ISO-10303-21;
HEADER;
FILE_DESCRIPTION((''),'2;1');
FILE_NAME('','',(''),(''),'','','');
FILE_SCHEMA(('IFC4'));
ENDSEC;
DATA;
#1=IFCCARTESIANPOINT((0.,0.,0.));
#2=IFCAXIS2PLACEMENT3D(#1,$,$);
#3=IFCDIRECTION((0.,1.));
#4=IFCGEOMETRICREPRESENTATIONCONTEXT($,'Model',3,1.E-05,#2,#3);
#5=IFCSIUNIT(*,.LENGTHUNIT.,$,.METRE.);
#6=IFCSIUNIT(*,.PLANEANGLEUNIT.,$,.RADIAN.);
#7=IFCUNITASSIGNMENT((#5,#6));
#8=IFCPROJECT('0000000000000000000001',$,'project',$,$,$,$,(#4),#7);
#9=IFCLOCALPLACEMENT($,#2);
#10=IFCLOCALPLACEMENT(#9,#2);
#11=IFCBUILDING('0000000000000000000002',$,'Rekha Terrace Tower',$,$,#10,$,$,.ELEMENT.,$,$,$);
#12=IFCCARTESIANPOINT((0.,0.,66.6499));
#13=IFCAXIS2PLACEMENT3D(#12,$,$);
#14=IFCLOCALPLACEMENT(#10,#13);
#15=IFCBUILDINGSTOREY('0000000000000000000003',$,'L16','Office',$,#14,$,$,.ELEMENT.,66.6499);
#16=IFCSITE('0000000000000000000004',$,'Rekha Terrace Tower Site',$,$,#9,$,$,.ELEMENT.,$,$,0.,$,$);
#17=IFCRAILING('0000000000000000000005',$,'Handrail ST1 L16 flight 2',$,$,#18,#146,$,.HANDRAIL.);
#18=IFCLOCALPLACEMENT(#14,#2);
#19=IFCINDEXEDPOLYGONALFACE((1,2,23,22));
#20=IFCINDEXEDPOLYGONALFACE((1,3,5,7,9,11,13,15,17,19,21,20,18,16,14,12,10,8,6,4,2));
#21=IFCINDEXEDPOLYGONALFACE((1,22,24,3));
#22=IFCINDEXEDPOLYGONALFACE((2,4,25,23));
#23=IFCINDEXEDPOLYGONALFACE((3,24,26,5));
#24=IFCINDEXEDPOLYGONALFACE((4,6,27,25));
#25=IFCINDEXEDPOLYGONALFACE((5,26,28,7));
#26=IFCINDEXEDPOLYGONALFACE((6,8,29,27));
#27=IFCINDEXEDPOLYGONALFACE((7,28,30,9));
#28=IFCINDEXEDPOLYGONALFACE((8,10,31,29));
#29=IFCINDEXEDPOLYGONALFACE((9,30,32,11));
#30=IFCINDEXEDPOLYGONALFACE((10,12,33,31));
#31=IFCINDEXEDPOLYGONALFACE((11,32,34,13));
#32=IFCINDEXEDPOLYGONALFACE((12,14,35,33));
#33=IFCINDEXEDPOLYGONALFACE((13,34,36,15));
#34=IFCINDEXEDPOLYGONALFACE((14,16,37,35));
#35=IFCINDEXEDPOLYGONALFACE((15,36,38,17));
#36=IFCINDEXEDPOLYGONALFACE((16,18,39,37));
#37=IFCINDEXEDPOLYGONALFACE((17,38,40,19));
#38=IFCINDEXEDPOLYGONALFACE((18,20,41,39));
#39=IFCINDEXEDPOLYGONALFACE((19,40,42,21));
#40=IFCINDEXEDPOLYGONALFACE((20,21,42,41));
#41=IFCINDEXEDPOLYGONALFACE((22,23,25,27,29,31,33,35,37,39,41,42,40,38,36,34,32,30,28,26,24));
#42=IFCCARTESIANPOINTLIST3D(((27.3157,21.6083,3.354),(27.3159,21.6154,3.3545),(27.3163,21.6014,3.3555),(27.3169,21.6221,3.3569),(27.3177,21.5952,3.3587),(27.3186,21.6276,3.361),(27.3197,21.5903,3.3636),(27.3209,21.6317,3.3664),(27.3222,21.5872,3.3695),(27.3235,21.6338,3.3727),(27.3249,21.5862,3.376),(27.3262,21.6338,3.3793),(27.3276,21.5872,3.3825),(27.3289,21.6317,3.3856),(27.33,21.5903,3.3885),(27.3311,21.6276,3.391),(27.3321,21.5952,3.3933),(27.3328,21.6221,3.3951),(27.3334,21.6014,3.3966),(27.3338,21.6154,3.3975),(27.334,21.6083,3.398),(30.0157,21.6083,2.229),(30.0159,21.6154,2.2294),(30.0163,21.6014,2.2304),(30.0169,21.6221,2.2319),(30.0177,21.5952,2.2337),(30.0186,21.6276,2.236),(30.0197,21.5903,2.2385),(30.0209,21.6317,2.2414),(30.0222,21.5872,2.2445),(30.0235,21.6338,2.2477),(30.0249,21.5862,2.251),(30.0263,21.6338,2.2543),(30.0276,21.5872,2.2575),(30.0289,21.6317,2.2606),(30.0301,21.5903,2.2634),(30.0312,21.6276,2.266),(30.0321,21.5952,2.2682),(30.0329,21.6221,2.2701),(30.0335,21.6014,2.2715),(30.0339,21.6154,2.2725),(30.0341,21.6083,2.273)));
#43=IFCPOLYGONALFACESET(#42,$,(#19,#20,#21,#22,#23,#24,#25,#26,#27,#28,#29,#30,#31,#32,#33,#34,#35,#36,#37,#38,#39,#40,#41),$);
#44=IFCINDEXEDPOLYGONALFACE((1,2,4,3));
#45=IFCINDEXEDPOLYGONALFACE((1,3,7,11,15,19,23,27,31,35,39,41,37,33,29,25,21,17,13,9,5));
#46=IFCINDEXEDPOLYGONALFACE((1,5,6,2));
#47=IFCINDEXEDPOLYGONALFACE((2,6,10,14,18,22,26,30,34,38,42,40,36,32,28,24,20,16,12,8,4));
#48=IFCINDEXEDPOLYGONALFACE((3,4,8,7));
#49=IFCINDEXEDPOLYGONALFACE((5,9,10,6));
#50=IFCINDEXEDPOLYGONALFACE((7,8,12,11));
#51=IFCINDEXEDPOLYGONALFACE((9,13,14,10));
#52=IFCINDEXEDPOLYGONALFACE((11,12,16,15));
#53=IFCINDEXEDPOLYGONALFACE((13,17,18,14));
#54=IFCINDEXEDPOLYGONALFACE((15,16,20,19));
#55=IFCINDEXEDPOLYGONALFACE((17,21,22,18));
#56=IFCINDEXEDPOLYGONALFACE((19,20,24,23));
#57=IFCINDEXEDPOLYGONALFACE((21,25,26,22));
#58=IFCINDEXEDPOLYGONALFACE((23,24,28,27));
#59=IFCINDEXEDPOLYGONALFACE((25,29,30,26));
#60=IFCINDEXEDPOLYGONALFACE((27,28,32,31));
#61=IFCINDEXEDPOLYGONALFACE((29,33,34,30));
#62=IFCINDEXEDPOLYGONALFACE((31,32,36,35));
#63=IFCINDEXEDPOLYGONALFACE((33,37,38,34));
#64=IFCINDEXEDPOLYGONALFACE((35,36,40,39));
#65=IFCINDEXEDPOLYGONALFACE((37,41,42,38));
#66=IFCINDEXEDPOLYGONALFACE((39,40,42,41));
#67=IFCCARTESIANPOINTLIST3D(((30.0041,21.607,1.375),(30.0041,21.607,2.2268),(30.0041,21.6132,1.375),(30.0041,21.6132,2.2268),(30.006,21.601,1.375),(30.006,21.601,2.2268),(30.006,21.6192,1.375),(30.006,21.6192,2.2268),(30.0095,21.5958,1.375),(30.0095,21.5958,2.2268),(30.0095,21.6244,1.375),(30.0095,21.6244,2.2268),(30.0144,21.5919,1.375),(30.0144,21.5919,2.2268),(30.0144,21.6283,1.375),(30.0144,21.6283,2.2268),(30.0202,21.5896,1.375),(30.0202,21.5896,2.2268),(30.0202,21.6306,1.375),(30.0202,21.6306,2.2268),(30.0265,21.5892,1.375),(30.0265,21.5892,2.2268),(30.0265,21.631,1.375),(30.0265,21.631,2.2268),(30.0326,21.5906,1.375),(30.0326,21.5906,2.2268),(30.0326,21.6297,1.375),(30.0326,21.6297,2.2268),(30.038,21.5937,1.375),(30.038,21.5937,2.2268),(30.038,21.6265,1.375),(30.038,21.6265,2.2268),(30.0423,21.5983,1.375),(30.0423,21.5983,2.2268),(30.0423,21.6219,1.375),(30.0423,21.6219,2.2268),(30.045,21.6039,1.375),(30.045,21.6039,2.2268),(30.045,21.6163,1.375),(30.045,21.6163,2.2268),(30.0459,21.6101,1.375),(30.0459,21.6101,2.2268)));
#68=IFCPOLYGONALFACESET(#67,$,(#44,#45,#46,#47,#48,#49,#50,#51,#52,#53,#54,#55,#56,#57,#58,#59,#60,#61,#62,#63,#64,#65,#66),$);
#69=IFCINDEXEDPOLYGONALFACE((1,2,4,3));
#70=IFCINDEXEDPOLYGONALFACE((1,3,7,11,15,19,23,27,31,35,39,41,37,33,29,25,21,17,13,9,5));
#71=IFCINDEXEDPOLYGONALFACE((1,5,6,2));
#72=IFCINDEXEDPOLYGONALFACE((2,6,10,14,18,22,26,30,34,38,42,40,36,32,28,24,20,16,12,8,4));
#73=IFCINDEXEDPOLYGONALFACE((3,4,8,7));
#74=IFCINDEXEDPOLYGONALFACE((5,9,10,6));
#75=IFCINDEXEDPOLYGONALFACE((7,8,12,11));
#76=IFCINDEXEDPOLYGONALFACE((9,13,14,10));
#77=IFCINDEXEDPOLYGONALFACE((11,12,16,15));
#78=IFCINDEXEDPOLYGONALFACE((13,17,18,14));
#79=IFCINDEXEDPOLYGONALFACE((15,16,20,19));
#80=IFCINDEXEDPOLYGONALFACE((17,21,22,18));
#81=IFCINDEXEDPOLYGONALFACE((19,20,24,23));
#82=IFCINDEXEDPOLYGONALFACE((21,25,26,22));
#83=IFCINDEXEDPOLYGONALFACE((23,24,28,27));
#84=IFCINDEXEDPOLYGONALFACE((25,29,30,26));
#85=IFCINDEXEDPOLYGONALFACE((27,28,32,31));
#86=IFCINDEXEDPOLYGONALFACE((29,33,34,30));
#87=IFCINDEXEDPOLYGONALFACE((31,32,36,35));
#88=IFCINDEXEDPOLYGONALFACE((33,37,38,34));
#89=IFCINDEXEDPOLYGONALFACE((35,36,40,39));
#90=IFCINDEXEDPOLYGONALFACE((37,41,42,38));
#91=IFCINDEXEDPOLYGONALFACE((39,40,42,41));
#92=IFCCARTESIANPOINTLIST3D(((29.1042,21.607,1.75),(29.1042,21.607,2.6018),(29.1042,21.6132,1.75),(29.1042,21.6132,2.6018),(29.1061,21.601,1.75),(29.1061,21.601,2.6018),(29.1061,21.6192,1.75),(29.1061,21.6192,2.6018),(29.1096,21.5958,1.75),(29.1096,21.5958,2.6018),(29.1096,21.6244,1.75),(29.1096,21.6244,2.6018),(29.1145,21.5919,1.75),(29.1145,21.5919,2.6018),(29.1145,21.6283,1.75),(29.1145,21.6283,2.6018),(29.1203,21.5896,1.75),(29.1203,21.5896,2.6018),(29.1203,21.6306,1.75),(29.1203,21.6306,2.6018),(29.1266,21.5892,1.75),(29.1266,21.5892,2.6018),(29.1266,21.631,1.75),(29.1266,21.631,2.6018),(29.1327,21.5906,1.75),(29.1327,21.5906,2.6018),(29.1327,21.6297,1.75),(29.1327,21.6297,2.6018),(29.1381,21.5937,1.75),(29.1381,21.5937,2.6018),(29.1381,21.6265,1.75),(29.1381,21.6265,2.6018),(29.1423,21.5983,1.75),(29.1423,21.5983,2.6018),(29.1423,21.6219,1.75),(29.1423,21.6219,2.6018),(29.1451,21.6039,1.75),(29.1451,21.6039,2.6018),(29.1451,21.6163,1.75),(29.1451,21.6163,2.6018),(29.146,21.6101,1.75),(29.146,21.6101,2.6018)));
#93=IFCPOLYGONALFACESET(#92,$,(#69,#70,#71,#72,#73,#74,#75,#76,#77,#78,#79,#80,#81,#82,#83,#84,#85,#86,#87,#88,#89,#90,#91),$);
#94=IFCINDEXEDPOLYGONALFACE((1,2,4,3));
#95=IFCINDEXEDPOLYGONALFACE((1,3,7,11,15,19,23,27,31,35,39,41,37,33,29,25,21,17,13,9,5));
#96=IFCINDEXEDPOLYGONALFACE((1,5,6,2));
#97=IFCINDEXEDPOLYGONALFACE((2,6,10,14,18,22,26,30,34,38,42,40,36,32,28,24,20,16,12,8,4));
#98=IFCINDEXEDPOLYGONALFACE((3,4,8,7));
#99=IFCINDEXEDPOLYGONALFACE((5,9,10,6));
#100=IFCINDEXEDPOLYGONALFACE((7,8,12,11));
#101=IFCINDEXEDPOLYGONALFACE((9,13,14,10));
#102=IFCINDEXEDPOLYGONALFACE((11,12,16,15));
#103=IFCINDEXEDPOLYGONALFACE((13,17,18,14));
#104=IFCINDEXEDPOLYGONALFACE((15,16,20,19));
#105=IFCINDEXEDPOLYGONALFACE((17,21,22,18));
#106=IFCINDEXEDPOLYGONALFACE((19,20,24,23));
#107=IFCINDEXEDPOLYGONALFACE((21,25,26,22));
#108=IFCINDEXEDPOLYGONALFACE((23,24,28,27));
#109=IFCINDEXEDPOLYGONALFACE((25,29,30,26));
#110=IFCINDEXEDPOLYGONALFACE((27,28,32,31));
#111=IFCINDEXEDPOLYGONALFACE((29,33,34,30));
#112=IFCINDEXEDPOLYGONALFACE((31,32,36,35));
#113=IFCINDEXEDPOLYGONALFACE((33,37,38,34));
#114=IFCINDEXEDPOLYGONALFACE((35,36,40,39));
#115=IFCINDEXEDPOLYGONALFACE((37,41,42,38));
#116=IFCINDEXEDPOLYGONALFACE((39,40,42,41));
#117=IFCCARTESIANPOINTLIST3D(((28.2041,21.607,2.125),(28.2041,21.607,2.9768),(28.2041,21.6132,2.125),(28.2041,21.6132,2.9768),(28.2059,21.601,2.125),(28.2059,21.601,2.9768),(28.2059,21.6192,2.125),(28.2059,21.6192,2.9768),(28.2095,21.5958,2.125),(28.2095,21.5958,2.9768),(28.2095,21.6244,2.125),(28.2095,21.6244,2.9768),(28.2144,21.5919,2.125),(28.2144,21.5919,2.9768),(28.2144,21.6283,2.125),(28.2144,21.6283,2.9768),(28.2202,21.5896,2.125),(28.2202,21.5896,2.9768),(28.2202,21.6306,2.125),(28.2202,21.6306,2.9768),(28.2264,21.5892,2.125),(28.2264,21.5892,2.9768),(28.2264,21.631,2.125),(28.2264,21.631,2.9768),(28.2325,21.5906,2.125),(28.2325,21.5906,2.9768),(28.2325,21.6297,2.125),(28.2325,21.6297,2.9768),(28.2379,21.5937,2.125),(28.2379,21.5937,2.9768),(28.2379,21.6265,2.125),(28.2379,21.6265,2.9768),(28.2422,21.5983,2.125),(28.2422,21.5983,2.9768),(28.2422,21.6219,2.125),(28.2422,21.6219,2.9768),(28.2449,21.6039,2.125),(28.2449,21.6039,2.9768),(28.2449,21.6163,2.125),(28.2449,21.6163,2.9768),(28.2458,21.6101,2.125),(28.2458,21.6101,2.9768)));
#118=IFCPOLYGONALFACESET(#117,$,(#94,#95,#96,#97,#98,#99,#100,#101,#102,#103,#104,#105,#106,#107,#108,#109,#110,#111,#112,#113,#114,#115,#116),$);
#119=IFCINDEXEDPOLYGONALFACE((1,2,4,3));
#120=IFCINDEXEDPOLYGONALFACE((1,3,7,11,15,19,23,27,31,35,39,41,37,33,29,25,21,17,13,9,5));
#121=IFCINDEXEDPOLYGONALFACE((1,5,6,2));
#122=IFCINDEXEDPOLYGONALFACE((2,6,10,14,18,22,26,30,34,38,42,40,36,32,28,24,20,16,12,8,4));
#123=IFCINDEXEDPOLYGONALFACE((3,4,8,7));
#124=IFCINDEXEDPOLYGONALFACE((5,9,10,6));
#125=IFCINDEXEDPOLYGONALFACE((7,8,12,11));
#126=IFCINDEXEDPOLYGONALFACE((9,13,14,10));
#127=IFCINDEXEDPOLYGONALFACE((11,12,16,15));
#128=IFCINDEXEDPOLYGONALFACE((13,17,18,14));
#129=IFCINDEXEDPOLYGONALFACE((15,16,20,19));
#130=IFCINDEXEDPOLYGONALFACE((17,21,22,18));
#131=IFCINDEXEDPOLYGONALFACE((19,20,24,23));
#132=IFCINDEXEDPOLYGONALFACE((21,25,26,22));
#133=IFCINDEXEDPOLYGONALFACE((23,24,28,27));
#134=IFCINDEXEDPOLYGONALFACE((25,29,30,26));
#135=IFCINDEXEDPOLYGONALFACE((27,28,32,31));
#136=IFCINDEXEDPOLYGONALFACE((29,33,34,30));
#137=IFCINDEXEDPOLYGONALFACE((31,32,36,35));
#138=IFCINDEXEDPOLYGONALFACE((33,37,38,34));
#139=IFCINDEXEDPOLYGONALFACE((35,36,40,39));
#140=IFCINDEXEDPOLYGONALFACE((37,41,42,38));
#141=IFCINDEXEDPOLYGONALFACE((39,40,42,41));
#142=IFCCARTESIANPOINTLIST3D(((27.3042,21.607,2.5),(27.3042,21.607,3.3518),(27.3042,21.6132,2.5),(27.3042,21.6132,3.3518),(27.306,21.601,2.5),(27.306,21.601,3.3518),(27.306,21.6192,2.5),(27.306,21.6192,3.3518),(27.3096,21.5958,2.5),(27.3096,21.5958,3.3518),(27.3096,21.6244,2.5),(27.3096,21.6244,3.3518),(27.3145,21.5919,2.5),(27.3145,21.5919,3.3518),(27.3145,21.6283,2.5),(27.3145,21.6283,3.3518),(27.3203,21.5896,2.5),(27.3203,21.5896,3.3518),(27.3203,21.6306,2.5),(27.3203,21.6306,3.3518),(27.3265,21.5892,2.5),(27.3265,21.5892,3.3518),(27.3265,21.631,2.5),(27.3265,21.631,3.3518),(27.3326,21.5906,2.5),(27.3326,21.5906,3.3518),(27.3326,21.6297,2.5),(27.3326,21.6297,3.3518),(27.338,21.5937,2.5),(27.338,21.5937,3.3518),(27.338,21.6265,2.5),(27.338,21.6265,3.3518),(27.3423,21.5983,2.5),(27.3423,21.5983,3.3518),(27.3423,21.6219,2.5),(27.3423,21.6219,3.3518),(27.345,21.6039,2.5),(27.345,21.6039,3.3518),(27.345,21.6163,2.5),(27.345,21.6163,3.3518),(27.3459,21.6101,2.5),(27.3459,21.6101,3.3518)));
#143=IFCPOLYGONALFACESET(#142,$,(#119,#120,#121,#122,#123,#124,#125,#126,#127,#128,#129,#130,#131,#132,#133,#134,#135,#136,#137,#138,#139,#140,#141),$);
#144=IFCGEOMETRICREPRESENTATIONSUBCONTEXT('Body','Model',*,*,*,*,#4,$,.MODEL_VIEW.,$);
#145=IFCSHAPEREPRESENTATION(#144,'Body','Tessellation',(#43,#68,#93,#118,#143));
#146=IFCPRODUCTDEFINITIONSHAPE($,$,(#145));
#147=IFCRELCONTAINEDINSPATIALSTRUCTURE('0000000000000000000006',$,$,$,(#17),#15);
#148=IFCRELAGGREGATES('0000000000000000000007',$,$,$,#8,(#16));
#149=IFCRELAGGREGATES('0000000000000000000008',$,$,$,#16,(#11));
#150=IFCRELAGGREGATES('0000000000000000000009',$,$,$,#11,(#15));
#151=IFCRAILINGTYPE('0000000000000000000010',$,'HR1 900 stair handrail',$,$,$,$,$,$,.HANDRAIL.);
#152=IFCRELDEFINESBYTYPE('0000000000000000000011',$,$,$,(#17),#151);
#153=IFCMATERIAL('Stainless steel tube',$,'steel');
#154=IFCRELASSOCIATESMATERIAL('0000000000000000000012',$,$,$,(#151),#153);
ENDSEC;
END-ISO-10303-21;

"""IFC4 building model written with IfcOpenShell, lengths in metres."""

from ifc_helpers import new_model, si_unit, direction, frame, origin, origin_2d, place, context, subcontext, project, spatial, circle, extrude, material, type_object, element, save


model = new_model("IFC4")

# Units and contexts
model_context = context("Model", 3, precision=1e-05, world=origin(), true_north=direction((0.0, 1.0)))
body_context = subcontext(model_context, "Body", "Model", "MODEL_VIEW")
ifc_project = project(units=[si_unit("LENGTHUNIT", "METRE"), si_unit("PLANEANGLEUNIT", "RADIAN")], contexts=[model_context])

# Site, building, storey
site_placement = place(None, origin())
site = spatial("IfcSite", under=ifc_project, at=site_placement, Name="Rekha Terrace Tower Site", CompositionType="ELEMENT", RefElevation=0.0)
building_placement = place(site_placement, origin())
building = spatial("IfcBuilding", under=site, at=building_placement, Name="Rekha Terrace Tower", CompositionType="ELEMENT")
storey_placement = place(building_placement, frame((0.0, 0.0, 66.6499)))
storey = spatial("IfcBuildingStorey", under=building, at=storey_placement, Name="L16", Description="Office", CompositionType="ELEMENT", Elevation=66.6499)

# Railing
ifc_material_1 = material(Name="Stainless steel tube", Category="steel")
railing_type_1 = type_object("IfcRailingType", Name="HR1 900 stair handrail", PredefinedType="HANDRAIL", material=ifc_material_1)
railing_1_placement = place(storey_placement, frame((30.0249, 21.6101, 1.375)))
element("IfcRailing", 1, at=railing_1_placement, inside=storey, type_object=railing_type_1, Name="Handrail ST1 L16 flight 2", PredefinedType="HANDRAIL", context=body_context, shape_type="SweptSolid", body=[
    extrude(circle(Radius=0.0239, at=origin_2d()), frame((0.0, 0.0, 0.876), z_axis=(-0.923074, 0.0, 0.384621), x_axis=(0.0, -1.0, 0.0)), (0.0, 0.0, 1.0), 2.925),
    extrude(circle(Radius=0.021, at=origin_2d()), origin(), (0.0, 0.0, 1.0), 0.8518),
    extrude(circle(Radius=0.021, at=origin_2d()), frame((-0.8999, 0.0, 0.375)), (0.0, 0.0, 1.0), 0.8518),
    extrude(circle(Radius=0.021, at=origin_2d()), frame((-1.8, 0.0, 0.75)), (0.0, 0.0, 1.0), 0.8518),
    extrude(circle(Radius=0.021, at=origin_2d()), frame((-2.7, 0.0, 1.125)), (0.0, 0.0, 1.0), 0.8518),
])

save(model, "model.ifc")
